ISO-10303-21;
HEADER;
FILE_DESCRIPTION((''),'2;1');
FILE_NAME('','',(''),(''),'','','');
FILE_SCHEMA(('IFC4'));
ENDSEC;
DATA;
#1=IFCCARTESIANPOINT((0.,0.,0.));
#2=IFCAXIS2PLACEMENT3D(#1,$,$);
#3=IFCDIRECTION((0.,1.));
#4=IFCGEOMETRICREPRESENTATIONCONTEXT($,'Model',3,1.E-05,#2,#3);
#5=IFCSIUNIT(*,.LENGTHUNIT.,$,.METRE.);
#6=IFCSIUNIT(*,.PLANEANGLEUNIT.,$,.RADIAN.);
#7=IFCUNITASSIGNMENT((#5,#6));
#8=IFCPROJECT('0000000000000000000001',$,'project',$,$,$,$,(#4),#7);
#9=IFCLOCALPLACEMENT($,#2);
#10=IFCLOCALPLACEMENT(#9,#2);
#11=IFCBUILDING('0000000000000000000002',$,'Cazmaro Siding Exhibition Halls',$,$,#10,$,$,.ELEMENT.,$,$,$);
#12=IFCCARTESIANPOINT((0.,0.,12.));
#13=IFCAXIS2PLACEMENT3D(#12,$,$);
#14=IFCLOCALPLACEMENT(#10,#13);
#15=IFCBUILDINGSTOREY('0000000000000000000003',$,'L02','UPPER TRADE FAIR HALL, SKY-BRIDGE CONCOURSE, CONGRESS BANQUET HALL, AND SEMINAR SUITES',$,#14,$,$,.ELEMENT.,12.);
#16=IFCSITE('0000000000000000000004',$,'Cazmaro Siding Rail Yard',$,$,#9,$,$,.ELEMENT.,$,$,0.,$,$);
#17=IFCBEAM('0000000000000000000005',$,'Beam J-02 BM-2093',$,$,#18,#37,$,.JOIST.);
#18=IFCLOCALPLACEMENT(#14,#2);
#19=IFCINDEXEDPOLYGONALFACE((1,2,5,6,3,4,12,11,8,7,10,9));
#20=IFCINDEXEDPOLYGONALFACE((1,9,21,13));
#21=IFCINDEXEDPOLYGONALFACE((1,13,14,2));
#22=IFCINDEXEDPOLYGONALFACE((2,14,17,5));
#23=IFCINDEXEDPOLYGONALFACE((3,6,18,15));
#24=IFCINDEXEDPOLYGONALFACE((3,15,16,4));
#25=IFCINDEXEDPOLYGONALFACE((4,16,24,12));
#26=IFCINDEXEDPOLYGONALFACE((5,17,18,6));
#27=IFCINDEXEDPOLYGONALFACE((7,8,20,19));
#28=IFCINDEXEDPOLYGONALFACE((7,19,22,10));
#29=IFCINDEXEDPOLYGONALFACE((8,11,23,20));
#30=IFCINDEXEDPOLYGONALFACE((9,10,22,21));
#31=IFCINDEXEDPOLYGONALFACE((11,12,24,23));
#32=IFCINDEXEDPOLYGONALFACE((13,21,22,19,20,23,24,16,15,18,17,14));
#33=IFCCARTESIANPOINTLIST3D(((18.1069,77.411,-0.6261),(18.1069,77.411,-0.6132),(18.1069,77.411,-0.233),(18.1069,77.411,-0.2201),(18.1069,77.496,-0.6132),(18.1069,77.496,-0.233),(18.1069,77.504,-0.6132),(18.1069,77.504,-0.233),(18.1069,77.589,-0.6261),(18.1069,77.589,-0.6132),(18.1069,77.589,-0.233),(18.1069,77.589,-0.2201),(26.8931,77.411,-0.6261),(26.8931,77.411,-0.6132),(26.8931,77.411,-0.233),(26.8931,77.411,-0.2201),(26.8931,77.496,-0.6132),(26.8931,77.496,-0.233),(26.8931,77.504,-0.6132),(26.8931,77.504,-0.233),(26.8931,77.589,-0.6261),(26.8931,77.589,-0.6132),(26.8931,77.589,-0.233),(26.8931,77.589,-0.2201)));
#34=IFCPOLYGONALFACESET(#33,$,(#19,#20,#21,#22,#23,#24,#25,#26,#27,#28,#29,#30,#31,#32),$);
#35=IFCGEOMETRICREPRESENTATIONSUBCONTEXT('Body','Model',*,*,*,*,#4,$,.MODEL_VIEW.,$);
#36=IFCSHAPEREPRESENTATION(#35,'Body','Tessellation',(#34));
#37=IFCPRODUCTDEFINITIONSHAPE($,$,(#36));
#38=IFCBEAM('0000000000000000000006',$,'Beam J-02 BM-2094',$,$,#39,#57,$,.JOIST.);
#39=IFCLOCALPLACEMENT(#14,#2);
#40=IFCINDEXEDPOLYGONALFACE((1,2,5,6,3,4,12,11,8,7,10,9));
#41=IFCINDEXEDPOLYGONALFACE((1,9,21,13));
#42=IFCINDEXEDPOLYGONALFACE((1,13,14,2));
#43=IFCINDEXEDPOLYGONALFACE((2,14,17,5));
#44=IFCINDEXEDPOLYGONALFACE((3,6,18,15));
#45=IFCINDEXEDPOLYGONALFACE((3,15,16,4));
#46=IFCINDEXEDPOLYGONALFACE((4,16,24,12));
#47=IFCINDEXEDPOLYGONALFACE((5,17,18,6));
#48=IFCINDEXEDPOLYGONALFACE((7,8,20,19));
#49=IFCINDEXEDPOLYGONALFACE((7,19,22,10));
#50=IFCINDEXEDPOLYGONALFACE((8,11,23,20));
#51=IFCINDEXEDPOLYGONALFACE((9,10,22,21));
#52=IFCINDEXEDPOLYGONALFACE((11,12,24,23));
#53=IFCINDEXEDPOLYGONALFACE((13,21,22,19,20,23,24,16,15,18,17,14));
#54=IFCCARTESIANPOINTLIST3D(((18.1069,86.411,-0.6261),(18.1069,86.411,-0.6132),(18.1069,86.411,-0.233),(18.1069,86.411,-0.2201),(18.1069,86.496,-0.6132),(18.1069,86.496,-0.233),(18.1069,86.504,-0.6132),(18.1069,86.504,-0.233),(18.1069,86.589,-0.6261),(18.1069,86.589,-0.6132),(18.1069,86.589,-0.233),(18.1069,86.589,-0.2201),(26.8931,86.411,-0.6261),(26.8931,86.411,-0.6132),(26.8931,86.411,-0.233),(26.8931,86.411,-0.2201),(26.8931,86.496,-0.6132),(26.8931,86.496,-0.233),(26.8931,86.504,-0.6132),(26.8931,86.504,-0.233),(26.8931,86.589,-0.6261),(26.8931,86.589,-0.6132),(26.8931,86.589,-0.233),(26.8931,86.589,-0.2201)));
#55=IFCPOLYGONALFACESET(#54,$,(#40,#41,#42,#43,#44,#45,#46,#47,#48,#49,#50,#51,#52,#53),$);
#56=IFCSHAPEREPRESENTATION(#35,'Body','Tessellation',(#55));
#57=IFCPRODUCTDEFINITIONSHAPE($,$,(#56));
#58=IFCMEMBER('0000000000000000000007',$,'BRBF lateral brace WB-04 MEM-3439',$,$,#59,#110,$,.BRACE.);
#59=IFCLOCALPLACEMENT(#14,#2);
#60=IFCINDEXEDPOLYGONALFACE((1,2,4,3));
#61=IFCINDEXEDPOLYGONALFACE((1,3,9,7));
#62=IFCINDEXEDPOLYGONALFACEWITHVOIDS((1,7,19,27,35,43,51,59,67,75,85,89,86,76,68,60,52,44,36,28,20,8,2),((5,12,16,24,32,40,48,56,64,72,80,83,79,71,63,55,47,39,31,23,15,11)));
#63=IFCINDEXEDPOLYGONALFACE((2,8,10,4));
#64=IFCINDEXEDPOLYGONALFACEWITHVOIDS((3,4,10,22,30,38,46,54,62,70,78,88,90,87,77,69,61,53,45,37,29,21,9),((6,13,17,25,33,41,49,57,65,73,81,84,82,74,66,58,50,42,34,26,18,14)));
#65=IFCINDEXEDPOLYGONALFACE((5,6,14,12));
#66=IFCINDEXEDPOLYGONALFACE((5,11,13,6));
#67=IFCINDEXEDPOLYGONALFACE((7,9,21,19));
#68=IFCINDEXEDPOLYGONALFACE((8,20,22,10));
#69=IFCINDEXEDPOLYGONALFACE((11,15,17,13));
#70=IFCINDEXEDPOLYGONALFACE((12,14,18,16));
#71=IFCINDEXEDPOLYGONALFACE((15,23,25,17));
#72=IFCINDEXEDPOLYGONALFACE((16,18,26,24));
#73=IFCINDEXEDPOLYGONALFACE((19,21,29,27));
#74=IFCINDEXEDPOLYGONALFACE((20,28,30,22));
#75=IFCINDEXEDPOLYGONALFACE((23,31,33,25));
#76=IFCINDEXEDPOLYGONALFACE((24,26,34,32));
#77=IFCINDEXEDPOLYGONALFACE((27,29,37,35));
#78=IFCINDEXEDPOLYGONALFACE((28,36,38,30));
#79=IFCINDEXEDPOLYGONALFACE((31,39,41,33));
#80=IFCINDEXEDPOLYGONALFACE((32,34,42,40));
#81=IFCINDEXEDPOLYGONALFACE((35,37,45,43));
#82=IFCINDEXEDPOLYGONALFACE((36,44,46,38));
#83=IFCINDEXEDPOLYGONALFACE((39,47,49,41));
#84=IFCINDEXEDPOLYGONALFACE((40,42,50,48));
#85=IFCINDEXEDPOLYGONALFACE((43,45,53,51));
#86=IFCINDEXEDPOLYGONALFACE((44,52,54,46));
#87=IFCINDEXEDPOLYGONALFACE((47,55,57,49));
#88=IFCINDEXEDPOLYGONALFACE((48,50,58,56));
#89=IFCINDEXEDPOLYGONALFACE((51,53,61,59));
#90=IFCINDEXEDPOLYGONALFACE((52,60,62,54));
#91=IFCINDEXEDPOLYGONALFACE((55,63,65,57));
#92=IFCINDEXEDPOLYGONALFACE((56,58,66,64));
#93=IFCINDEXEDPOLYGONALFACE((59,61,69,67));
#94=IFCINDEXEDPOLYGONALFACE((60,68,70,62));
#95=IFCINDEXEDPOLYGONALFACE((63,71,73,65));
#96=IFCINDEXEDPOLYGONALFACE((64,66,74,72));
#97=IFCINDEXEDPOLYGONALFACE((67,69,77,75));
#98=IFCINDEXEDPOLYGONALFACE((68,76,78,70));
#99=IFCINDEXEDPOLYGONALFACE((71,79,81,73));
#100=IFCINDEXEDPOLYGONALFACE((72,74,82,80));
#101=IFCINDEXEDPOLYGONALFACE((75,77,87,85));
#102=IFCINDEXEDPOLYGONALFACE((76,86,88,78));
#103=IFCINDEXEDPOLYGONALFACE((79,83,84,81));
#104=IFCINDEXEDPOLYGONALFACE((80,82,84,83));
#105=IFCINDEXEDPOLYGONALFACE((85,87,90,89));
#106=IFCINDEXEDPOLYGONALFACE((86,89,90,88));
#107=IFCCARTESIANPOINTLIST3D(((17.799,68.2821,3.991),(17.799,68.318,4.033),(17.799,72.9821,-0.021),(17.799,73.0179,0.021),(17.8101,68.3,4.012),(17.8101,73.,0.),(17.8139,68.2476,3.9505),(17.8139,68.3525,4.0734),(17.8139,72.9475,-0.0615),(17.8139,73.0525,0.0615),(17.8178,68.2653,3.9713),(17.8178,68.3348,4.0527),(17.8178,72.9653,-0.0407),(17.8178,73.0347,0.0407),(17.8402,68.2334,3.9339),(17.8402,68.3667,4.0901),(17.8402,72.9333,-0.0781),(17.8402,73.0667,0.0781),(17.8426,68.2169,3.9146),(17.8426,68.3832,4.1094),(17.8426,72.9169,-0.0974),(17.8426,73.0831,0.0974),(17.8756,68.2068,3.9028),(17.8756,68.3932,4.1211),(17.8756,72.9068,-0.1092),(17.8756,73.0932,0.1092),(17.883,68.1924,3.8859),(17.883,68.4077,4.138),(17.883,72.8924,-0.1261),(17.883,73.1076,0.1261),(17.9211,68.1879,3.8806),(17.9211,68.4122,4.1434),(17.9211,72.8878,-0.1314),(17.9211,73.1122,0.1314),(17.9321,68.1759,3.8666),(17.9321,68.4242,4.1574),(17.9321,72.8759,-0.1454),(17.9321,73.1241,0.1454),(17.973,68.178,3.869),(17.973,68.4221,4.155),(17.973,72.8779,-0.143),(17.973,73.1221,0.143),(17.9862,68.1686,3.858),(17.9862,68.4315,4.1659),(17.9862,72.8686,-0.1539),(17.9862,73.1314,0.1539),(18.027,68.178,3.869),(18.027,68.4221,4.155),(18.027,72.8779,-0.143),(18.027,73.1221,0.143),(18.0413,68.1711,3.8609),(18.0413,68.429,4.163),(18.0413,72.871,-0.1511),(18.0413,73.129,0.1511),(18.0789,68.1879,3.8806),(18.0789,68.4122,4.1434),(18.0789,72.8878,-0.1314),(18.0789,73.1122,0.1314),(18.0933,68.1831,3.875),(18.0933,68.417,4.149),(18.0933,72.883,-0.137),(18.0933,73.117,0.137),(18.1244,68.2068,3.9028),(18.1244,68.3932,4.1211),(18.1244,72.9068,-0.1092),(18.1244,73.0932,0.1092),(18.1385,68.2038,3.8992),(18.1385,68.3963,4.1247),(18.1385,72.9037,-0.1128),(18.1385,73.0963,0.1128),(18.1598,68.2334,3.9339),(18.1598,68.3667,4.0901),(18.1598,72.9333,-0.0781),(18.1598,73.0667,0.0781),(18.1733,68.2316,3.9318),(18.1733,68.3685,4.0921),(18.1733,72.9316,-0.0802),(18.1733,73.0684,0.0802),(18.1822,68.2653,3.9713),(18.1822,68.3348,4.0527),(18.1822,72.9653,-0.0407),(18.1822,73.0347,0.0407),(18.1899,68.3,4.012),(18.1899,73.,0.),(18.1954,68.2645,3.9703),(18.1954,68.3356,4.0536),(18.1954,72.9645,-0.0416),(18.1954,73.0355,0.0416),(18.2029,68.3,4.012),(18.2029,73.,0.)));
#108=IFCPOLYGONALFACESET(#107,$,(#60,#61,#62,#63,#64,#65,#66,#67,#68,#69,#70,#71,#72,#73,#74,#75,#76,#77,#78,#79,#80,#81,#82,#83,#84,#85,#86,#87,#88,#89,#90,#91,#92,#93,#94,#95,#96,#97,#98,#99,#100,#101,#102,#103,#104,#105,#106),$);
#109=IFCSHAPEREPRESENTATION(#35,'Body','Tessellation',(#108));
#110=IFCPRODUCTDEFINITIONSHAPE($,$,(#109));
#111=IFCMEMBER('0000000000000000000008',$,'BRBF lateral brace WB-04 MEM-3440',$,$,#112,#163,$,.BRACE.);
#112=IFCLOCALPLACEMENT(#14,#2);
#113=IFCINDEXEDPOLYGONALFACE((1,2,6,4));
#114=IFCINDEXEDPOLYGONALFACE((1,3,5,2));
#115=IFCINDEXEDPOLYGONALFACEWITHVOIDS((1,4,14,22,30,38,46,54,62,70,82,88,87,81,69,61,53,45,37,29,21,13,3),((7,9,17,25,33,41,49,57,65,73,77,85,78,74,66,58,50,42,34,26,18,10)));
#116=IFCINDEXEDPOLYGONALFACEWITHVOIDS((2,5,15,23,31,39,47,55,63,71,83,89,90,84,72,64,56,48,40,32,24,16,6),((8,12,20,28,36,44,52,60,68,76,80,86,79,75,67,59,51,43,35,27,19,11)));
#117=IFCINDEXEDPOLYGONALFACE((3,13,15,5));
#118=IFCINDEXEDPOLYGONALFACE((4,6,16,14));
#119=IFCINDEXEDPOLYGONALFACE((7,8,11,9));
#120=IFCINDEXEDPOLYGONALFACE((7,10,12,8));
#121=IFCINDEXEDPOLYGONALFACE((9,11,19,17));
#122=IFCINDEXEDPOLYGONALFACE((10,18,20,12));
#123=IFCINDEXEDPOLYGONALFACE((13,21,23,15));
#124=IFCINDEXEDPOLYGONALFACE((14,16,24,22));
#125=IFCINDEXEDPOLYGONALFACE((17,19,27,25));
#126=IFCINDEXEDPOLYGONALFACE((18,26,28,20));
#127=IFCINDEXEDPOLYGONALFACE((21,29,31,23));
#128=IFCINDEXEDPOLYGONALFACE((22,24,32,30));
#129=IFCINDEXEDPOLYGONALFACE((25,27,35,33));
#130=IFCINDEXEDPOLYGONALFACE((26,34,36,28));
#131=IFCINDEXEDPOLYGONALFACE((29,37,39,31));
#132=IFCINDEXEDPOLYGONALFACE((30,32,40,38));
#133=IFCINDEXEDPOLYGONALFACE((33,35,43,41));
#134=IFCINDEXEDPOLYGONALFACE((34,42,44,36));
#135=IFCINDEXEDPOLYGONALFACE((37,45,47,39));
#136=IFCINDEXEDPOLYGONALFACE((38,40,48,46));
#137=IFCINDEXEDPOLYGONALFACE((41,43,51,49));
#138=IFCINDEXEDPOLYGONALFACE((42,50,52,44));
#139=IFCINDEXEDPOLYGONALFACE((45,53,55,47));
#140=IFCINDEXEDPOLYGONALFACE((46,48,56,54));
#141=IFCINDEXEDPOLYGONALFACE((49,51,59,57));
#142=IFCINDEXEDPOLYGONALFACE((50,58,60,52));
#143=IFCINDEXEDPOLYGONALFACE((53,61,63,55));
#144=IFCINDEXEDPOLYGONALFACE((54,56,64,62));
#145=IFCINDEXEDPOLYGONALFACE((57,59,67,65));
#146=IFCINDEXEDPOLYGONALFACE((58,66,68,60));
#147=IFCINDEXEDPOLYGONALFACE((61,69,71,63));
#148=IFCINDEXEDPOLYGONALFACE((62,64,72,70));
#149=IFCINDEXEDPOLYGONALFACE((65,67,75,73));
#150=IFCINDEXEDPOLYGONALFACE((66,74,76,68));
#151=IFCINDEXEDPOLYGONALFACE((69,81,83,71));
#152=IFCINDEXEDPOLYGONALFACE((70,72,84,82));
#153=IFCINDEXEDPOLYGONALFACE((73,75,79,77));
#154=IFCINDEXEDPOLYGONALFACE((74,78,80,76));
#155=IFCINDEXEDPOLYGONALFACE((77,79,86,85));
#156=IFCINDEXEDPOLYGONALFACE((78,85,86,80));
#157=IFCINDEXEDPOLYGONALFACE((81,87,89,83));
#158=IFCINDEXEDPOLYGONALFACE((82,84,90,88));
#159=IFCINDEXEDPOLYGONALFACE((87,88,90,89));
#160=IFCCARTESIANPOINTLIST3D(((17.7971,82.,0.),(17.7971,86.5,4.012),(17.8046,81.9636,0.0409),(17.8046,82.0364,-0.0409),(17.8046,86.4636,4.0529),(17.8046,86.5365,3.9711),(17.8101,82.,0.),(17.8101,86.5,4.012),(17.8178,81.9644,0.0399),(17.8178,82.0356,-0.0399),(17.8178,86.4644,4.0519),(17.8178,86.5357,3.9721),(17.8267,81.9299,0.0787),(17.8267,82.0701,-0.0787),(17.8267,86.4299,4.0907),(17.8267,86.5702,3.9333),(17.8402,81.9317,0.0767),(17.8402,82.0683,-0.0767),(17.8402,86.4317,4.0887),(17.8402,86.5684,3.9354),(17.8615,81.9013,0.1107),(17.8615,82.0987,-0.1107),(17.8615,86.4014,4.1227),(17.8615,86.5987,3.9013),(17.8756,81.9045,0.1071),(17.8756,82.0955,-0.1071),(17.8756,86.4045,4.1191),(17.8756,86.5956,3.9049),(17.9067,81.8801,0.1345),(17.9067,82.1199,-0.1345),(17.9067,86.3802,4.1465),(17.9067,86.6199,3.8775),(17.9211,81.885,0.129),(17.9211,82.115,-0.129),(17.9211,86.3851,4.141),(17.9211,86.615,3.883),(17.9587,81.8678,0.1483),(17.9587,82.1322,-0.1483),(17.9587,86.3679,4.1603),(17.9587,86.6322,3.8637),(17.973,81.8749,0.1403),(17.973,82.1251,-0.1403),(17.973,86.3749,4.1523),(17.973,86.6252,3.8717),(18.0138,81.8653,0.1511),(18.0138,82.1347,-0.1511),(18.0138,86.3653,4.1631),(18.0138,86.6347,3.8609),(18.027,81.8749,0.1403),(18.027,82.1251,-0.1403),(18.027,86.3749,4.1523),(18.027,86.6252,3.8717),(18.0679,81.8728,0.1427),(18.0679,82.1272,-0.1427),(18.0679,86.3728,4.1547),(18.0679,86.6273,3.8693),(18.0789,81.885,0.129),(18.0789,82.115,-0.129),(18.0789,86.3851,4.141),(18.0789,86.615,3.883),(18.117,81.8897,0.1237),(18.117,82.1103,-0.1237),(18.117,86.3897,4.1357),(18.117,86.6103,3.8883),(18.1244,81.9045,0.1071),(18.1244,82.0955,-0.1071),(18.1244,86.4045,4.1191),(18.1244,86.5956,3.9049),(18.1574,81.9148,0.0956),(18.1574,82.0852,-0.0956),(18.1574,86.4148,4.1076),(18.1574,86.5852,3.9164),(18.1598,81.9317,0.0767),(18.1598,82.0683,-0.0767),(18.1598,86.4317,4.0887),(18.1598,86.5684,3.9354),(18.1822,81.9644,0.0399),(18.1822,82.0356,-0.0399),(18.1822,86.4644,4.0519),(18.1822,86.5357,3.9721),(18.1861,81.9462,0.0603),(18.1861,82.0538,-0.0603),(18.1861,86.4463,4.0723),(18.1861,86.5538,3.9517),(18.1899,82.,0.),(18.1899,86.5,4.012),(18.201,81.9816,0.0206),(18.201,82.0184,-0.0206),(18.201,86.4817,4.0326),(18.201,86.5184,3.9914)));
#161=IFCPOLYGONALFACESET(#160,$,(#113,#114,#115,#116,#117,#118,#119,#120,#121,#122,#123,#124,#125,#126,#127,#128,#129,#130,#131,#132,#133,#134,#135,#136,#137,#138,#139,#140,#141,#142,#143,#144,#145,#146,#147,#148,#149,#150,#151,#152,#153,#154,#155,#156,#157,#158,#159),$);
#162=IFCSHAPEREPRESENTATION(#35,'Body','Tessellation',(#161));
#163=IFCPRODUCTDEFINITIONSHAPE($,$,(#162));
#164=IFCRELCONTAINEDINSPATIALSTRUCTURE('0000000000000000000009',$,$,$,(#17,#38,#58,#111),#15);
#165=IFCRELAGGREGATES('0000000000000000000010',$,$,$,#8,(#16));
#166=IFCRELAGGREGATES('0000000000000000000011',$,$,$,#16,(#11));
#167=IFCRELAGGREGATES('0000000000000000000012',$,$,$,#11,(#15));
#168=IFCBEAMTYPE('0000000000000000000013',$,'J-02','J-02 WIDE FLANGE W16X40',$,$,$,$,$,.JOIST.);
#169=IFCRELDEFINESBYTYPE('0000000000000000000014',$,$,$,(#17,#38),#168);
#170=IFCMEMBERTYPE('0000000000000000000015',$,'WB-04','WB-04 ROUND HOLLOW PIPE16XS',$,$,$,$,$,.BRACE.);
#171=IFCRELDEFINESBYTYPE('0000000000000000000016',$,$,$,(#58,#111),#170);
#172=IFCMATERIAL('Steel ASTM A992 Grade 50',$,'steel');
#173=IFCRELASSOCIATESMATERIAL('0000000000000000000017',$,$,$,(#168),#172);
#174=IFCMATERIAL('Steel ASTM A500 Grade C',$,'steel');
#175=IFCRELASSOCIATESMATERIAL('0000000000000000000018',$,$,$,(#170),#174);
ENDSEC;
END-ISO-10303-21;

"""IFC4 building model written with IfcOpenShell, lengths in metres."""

from ifc_helpers import new_model, si_unit, direction, frame, origin, origin_2d, place, context, subcontext, project, spatial, hollow_circle, i_section, extrude, material, material_profile, profile_set, type_object, element, save


model = new_model("IFC4")

# Units and contexts
model_context = context("Model", 3, precision=1e-05, world=origin(), true_north=direction((0.0, 1.0)))
body_context = subcontext(model_context, "Body", "Model", "MODEL_VIEW")
ifc_project = project(units=[si_unit("LENGTHUNIT", "METRE"), si_unit("PLANEANGLEUNIT", "RADIAN")], contexts=[model_context])

# Site, building, storey
site_placement = place(None, origin())
site = spatial("IfcSite", under=ifc_project, at=site_placement, Name="Cazmaro Siding Rail Yard", CompositionType="ELEMENT", RefElevation=0.0)
building_placement = place(site_placement, origin())
building = spatial("IfcBuilding", under=site, at=building_placement, Name="Cazmaro Siding Exhibition Halls", CompositionType="ELEMENT")
storey_placement = place(building_placement, frame((0.0, 0.0, 12.0)))
storey = spatial("IfcBuildingStorey", under=building, at=storey_placement, Name="L02", Description="UPPER TRADE FAIR HALL, SKY-BRIDGE CONCOURSE, CONGRESS BANQUET HALL, AND SEMINAR SUITES", CompositionType="ELEMENT", Elevation=12.0)

# Beams
ifc_material_1 = material(Name="Steel ASTM A992 Grade 50", Category="steel")
ifc_material_profile_1 = material_profile(ifc_material_1, i_section(OverallWidth=0.178, OverallDepth=0.406, WebThickness=0.0081, FlangeThickness=0.0129, at=origin_2d()), Name="W16X40")
ifc_profile_set_1 = profile_set([ifc_material_profile_1], Name="Steel ASTM A992 Grade 50")
beam_type_1 = type_object("IfcBeamType", Name="J-02", Description="J-02 WIDE FLANGE W16X40", PredefinedType="JOIST", material=ifc_profile_set_1)
for number, where, z_axis, x_axis, name in (
    (1, (18.1069, 77.5, -0.4231), (1.0, 0.0, 0.0), (0.0, 1.0, 0.0), "Beam J-02 BM-2093"),
    (2, (18.1069, 86.5, -0.4231), (1.0, 0.0, 0.0), (0.0, 1.0, 0.0), "Beam J-02 BM-2094"),
):
    element("IfcBeam", number, at=place(storey_placement, frame(where, z_axis=z_axis, x_axis=x_axis)), inside=storey, type_object=beam_type_1, Name=name, PredefinedType="JOIST", context=body_context, shape_type="SweptSolid", body=[
        extrude(i_section(OverallWidth=0.178, OverallDepth=0.406, WebThickness=0.0081, FlangeThickness=0.0129, at=origin_2d()), origin(), (0.0, 0.0, 1.0), 8.7861),
    ])

# Members
ifc_material_2 = material(Name="Steel ASTM A500 Grade C", Category="steel")
ifc_material_profile_2 = material_profile(ifc_material_2, hollow_circle(Radius=0.2029, WallThickness=0.0129, at=origin_2d()), Name="PIPE16XS")
ifc_profile_set_2 = profile_set([ifc_material_profile_2], Name="Steel ASTM A500 Grade C")
member_type = type_object("IfcMemberType", Name="WB-04", Description="WB-04 ROUND HOLLOW PIPE16XS", PredefinedType="BRACE", material=ifc_profile_set_2)
member_placement = place(storey_placement, frame((18.0, 73.0, 0.0), z_axis=(0.0, -0.76058, 0.649245), x_axis=(1.0, 0.0, 0.0)))
element("IfcMember", 3, at=member_placement, inside=storey, type_object=member_type, Name="BRBF lateral brace WB-04 MEM-3439", PredefinedType="BRACE", context=body_context, shape_type="SweptSolid", body=[
    extrude(hollow_circle(Radius=0.2029, WallThickness=0.0129, at=origin_2d()), origin(), (0.0, 0.0, 1.0), 6.1794),
])
for number, where, z_axis, x_axis, name in (
    (4, (18.0, 82.0, 0.0), (0.0, 0.746423, 0.665472), (-1.0, 0.0, 0.0), "BRBF lateral brace WB-04 MEM-3440"),
):
    element("IfcMember", number, at=place(storey_placement, frame(where, z_axis=z_axis, x_axis=x_axis)), inside=storey, type_object=member_type, Name=name, PredefinedType="BRACE", context=body_context, shape_type="SweptSolid", body=[
        extrude(hollow_circle(Radius=0.2029, WallThickness=0.0129, at=origin_2d()), origin(), (0.0, 0.0, 1.0), 6.0288),
    ])

save(model, "model.ifc")
